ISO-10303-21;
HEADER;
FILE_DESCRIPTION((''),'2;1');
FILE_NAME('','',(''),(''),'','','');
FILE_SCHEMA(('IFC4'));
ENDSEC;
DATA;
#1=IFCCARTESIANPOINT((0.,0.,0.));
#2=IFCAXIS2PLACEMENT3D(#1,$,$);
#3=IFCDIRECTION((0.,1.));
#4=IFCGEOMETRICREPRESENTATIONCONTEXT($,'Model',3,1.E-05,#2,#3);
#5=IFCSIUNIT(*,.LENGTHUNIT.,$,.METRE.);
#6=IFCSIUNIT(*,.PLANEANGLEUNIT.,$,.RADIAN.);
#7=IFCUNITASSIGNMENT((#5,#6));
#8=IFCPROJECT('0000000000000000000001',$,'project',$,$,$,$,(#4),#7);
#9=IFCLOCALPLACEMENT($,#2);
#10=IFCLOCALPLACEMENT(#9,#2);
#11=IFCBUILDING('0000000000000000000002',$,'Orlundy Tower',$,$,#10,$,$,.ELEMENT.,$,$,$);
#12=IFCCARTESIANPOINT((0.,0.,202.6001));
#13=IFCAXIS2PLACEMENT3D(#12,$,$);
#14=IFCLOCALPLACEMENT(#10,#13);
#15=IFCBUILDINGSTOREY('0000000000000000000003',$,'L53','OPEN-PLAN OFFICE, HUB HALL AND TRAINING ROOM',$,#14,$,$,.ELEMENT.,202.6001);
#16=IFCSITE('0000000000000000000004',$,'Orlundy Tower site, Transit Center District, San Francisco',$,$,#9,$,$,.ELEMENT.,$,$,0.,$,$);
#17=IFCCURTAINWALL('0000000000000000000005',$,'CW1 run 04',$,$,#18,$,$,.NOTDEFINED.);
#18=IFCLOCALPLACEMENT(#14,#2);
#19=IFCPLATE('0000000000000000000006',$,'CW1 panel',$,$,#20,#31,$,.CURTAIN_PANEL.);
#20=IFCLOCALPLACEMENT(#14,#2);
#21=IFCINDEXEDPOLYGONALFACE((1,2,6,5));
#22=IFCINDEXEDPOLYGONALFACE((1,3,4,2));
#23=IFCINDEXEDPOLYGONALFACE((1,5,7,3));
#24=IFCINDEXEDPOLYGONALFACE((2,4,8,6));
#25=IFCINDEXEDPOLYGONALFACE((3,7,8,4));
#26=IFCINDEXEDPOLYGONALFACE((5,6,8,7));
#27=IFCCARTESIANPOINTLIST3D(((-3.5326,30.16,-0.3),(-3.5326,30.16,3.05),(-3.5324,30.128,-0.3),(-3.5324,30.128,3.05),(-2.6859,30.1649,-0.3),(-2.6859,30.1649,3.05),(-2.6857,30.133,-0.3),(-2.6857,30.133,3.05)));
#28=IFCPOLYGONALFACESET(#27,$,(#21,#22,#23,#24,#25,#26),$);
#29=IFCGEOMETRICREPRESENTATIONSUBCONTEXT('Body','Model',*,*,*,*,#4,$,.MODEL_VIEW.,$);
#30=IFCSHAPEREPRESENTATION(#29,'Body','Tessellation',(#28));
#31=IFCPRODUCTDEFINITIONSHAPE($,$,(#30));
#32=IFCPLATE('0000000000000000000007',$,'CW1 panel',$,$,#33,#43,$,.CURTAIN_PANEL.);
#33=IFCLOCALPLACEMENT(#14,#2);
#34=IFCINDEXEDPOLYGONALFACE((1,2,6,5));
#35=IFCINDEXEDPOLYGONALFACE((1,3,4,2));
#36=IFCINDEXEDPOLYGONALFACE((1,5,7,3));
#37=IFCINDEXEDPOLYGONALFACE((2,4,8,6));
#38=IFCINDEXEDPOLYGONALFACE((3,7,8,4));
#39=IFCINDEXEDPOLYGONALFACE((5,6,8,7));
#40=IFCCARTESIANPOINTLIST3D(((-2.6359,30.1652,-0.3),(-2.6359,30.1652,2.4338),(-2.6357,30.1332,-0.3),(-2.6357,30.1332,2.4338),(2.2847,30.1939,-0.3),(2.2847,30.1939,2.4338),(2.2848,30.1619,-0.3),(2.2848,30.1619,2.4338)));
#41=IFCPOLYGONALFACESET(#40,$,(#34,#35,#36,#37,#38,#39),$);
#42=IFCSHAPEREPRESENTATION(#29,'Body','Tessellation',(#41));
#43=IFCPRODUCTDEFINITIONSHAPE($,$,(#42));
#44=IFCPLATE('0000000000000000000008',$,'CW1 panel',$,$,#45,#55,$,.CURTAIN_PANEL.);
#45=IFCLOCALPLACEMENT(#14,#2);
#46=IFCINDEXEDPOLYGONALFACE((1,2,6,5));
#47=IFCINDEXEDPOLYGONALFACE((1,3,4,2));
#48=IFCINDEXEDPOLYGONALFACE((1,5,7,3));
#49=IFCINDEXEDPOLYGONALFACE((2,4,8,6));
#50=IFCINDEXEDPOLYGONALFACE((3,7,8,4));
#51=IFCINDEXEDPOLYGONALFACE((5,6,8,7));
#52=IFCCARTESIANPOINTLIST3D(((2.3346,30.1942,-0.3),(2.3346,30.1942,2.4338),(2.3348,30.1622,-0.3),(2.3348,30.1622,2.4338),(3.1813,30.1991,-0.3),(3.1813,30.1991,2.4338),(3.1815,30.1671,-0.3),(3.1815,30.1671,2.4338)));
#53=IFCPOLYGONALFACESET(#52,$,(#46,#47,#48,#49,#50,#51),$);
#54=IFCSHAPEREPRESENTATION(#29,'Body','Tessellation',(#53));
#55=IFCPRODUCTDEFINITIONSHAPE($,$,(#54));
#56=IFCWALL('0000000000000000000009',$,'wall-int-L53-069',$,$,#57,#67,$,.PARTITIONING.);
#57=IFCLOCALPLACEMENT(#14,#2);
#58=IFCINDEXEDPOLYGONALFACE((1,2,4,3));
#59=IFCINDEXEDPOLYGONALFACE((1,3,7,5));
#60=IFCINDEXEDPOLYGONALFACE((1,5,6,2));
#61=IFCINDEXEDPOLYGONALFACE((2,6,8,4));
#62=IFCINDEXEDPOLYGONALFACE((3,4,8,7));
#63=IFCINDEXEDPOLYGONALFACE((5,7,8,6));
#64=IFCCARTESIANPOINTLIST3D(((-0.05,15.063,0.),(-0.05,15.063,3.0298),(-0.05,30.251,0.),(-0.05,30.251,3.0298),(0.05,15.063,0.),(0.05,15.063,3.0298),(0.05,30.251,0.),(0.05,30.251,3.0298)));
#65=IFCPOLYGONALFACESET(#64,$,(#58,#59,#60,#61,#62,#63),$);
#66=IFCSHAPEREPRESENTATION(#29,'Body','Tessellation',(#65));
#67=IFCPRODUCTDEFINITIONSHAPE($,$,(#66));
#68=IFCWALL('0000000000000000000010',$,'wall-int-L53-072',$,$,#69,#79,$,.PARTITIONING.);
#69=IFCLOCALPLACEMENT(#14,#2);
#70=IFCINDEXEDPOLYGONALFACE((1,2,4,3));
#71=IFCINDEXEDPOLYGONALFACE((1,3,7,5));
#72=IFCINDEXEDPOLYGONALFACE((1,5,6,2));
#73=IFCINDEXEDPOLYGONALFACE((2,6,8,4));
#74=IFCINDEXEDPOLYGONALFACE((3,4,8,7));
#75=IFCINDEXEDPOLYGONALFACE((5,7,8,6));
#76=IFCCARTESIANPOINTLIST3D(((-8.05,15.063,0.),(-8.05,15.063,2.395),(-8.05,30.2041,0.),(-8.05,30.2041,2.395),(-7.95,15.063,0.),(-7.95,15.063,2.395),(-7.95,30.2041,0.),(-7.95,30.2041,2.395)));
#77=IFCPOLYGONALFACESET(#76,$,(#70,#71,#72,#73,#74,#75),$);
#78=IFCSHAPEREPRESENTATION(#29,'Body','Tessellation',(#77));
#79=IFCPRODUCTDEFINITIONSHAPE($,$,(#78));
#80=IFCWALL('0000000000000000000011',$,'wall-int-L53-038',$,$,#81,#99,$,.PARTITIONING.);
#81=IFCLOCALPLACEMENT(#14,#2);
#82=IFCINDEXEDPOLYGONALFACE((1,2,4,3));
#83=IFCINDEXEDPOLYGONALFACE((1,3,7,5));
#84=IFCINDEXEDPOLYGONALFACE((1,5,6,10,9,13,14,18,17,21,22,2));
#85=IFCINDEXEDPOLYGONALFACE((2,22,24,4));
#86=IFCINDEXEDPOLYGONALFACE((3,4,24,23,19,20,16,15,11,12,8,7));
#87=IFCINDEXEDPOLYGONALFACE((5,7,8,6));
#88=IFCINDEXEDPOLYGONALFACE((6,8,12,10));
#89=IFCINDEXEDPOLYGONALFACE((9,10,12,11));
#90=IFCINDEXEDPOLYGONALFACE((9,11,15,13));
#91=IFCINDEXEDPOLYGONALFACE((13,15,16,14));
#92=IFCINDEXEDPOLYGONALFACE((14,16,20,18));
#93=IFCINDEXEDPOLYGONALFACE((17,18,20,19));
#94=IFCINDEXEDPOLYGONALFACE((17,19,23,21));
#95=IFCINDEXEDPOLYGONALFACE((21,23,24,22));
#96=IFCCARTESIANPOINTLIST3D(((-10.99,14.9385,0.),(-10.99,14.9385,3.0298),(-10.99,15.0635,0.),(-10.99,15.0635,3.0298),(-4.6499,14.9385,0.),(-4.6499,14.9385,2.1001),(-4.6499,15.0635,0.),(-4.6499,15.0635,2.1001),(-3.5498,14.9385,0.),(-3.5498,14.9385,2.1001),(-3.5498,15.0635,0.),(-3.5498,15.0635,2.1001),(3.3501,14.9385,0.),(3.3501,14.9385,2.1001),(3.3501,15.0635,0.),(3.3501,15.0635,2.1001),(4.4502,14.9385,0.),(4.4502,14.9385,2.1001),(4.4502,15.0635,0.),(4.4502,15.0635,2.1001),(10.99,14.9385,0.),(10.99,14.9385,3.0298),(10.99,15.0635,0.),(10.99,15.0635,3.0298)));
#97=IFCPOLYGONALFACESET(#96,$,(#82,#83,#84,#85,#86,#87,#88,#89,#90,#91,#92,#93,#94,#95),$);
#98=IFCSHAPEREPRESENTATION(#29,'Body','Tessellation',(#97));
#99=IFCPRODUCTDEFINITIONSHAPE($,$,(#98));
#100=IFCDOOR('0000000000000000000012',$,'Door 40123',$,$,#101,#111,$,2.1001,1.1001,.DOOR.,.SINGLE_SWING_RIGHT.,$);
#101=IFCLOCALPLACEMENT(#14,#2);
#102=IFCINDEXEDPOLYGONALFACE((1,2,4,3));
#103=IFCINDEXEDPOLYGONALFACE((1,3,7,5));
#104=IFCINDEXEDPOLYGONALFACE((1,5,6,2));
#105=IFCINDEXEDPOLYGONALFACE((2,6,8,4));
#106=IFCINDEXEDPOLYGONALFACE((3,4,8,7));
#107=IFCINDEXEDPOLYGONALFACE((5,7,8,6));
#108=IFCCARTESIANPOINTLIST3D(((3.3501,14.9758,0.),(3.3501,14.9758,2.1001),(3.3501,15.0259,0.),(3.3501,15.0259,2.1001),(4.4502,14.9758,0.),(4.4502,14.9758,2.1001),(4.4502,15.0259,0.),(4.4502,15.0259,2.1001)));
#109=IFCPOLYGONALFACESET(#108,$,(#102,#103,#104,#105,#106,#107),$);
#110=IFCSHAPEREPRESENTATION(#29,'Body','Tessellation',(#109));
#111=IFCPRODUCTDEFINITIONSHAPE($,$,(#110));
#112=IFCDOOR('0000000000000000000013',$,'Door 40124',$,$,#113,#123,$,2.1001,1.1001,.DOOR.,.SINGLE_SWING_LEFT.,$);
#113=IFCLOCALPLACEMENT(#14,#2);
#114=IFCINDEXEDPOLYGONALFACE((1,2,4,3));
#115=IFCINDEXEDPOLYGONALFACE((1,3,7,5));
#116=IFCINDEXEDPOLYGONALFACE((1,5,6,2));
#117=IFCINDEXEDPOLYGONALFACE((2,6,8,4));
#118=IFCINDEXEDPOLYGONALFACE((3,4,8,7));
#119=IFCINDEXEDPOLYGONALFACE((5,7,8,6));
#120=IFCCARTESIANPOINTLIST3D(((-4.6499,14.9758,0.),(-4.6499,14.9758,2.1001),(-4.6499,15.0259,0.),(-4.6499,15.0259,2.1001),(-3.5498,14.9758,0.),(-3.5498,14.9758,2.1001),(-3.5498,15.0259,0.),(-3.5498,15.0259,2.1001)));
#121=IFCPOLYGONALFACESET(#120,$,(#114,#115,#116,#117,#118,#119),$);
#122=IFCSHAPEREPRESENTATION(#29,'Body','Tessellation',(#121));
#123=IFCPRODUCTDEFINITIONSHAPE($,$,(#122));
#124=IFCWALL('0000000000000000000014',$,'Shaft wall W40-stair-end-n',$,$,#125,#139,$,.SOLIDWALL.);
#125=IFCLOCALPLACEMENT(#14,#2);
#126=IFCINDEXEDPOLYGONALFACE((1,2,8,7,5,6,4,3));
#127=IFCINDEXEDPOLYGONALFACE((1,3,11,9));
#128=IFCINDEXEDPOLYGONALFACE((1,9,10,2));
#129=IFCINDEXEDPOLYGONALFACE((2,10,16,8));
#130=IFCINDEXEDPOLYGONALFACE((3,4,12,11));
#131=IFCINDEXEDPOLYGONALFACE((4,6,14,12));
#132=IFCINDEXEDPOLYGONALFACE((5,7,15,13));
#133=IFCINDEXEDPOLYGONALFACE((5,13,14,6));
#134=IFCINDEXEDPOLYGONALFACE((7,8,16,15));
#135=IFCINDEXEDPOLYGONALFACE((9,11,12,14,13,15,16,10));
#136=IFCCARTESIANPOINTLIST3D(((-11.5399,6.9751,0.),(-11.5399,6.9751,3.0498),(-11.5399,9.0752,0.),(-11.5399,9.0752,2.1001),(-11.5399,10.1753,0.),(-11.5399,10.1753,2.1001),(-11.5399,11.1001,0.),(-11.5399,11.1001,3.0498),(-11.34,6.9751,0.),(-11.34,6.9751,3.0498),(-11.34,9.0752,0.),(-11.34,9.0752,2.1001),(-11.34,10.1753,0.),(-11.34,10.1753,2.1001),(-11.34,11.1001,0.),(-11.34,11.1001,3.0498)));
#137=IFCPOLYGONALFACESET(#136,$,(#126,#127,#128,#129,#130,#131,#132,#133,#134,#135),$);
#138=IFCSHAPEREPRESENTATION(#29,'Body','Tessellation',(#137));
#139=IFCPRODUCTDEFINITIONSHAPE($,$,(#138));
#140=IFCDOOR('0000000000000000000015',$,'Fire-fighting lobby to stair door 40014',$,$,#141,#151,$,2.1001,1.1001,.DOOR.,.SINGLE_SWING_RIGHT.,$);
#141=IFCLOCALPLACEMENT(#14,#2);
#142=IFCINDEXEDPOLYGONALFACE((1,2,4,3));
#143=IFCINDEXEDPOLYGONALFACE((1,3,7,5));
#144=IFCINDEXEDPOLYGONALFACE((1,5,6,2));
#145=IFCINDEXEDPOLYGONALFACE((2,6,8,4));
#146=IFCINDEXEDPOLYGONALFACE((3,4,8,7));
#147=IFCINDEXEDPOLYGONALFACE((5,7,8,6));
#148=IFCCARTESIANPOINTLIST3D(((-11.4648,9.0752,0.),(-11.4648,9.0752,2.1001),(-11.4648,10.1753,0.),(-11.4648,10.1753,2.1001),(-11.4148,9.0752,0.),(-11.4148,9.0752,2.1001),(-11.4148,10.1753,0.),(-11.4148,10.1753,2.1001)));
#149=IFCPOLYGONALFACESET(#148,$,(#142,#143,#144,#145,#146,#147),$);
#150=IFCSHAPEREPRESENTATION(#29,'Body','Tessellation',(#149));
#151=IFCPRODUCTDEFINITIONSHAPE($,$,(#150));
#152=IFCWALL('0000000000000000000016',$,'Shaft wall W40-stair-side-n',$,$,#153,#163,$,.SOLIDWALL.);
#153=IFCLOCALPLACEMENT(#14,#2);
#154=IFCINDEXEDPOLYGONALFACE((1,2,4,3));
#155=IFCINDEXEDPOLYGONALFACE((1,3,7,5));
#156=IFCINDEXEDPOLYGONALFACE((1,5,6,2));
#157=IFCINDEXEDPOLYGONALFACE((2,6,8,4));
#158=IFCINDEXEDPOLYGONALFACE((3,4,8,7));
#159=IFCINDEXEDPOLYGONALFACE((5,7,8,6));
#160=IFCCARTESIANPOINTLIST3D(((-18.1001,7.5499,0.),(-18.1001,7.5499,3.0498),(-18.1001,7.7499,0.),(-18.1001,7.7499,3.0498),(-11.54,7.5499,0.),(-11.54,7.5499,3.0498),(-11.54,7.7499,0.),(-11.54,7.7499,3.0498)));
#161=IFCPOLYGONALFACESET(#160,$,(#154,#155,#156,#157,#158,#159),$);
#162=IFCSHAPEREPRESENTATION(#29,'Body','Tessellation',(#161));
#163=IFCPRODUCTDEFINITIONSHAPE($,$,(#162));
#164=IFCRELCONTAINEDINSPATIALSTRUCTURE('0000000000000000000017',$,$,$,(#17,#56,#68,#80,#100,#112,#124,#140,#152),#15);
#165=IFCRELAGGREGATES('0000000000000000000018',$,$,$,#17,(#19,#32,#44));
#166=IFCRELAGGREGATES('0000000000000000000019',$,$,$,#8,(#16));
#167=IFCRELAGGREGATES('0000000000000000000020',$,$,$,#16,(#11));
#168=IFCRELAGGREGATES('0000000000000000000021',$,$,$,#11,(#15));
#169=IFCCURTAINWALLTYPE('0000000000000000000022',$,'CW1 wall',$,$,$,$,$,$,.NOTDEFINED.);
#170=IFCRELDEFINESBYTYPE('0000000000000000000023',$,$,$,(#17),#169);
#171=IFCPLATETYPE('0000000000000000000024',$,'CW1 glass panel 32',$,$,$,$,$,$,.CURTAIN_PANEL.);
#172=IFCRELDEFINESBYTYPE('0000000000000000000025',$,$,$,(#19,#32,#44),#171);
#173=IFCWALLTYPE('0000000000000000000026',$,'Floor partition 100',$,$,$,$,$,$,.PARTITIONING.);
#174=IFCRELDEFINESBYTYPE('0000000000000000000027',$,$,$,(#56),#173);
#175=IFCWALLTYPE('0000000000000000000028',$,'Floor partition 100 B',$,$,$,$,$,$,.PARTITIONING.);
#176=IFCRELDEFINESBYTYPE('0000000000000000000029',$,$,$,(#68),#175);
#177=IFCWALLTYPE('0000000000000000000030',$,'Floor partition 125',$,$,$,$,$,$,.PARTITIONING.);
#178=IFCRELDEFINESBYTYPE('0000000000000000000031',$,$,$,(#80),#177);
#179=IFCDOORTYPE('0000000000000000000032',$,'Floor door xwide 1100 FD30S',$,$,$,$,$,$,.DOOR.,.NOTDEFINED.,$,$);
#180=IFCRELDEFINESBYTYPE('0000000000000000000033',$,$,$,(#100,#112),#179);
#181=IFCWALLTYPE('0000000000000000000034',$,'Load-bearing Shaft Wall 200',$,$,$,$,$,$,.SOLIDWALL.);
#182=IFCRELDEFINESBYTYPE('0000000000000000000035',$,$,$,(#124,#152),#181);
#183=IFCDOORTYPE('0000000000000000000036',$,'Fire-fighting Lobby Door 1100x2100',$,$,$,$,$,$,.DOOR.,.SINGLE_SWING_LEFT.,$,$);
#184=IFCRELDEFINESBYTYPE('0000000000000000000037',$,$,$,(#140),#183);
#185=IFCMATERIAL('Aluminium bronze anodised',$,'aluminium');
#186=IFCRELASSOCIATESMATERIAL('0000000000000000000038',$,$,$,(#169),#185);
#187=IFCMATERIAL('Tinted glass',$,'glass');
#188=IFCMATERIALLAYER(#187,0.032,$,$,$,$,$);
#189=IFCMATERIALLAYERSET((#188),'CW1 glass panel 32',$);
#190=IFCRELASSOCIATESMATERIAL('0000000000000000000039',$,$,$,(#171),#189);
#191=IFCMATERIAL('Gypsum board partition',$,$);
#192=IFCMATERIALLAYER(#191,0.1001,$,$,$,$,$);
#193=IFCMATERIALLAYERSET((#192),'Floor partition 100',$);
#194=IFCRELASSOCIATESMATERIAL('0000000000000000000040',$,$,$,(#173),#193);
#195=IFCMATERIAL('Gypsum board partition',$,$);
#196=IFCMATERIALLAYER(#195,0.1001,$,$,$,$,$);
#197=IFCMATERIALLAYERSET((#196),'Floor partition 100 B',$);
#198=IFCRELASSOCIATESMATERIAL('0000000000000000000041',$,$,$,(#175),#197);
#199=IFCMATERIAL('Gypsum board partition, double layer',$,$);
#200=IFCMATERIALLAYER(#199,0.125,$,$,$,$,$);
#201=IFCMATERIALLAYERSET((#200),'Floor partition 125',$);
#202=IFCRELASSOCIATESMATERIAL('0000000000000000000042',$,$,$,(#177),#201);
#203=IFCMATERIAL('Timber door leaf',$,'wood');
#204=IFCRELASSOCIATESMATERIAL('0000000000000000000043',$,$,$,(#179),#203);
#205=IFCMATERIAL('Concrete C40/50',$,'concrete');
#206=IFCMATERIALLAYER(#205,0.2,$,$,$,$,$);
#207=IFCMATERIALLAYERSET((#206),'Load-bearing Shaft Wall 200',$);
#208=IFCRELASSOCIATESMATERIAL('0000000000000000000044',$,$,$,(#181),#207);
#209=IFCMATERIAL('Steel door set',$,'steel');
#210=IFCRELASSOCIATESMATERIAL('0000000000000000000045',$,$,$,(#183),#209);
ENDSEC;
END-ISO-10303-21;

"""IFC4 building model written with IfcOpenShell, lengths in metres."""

from ifc_helpers import new_model, si_unit, direction, frame, frame_2d, origin, origin_2d, place, context, subcontext, project, spatial, rectangle, extrude, material, layer, layer_set, type_object, element, fill, aggregate, save


model = new_model("IFC4")

# Units and contexts
model_context = context("Model", 3, precision=1e-05, world=origin(), true_north=direction((0.0, 1.0)))
body_context = subcontext(model_context, "Body", "Model", "MODEL_VIEW")
ifc_project = project(units=[si_unit("LENGTHUNIT", "METRE"), si_unit("PLANEANGLEUNIT", "RADIAN")], contexts=[model_context])

# Site, building, storey
site_placement = place(None, origin())
site = spatial("IfcSite", under=ifc_project, at=site_placement, Name="Orlundy Tower site, Transit Center District, San Francisco", CompositionType="ELEMENT", RefElevation=0.0)
building_placement = place(site_placement, origin())
building = spatial("IfcBuilding", under=site, at=building_placement, Name="Orlundy Tower", CompositionType="ELEMENT")
storey_placement = place(building_placement, frame((0.0, 0.0, 202.6001)))
storey = spatial("IfcBuildingStorey", under=building, at=storey_placement, Name="L53", Description="OPEN-PLAN OFFICE, HUB HALL AND TRAINING ROOM", CompositionType="ELEMENT", Elevation=202.6001)

# Curtain wall
ifc_material_1 = material(Name="Aluminium bronze anodised", Category="aluminium")
curtain_wall_type = type_object("IfcCurtainWallType", Name="CW1 wall", PredefinedType="NOTDEFINED", material=ifc_material_1)
curtain_wall_1_placement = place(storey_placement, origin())
curtain_wall_1 = element("IfcCurtainWall", 1, at=curtain_wall_1_placement, inside=storey, type_object=curtain_wall_type, Name="CW1 run 04", PredefinedType="NOTDEFINED")

# Shared definitions
ifc_material_2 = material(Name="Tinted glass", Category="glass")
ifc_layer_1 = layer(ifc_material_2, 0.032)
ifc_layer_set_1 = layer_set([ifc_layer_1], Name="CW1 glass panel 32")
plate_type = type_object("IfcPlateType", Name="CW1 glass panel 32", PredefinedType="CURTAIN_PANEL", material=ifc_layer_set_1)

# Plates
plate_1_placement = place(storey_placement, frame((-3.1091, 30.1465, -0.3), z_axis=(0.0, 0.0, 1.0), x_axis=(0.999983, 0.005834, 0.0)))
plate_1 = element("IfcPlate", 2, at=plate_1_placement, type_object=plate_type, Name="CW1 panel", PredefinedType="CURTAIN_PANEL", context=body_context, shape_type="SweptSolid", body=[
    extrude(rectangle(XDim=0.8467, YDim=0.032, at=origin_2d()), origin(), (0.0, 0.0, 1.0), 3.3501),
])
plate_2_placement = place(storey_placement, frame((-0.1755, 30.1636, -0.3), z_axis=(0.0, 0.0, 1.0), x_axis=(0.999983, 0.005834, 0.0)))
plate_2 = element("IfcPlate", 3, at=plate_2_placement, type_object=plate_type, Name="CW1 panel", PredefinedType="CURTAIN_PANEL", context=body_context, shape_type="SweptSolid", body=[
    extrude(rectangle(XDim=4.9207, YDim=0.032, at=origin_2d()), origin(), (0.0, 0.0, 1.0), 2.7339),
])
plate_3_placement = place(storey_placement, frame((2.7581, 30.1807, -0.3), z_axis=(0.0, 0.0, 1.0), x_axis=(0.999983, 0.005834, 0.0)))
plate_3 = element("IfcPlate", 4, at=plate_3_placement, type_object=plate_type, Name="CW1 panel", PredefinedType="CURTAIN_PANEL", context=body_context, shape_type="SweptSolid", body=[
    extrude(rectangle(XDim=0.8467, YDim=0.032, at=origin_2d()), origin(), (0.0, 0.0, 1.0), 2.7339),
])
aggregate(curtain_wall_1, [plate_1, plate_2, plate_3])

# Walls
ifc_material_3 = material(Name="Gypsum board partition")
ifc_layer_2 = layer(ifc_material_3, 0.1001)
ifc_layer_set_2 = layer_set([ifc_layer_2], Name="Floor partition 100")
wall_type_1 = type_object("IfcWallType", Name="Floor partition 100", PredefinedType="PARTITIONING", material=ifc_layer_set_2)
wall_1_placement = place(storey_placement, frame((0.0, 15.063, 0.0), z_axis=(0.0, 0.0, 1.0), x_axis=(0.0, 1.0, 0.0)))
element("IfcWall", 5, at=wall_1_placement, inside=storey, type_object=wall_type_1, Name="wall-int-L53-069", PredefinedType="PARTITIONING", context=body_context, shape_type="SweptSolid", body=[
    extrude(rectangle(XDim=15.188, YDim=0.1001, at=frame_2d((7.594, 0.0))), origin(), (0.0, 0.0, 1.0), 3.0298),
])
ifc_material_4 = material(Name="Gypsum board partition")
ifc_layer_3 = layer(ifc_material_4, 0.1001)
ifc_layer_set_3 = layer_set([ifc_layer_3], Name="Floor partition 100 B")
wall_type_2 = type_object("IfcWallType", Name="Floor partition 100 B", PredefinedType="PARTITIONING", material=ifc_layer_set_3)
wall_2_placement = place(storey_placement, frame((-8.0, 15.063, 0.0), z_axis=(0.0, 0.0, 1.0), x_axis=(0.0, 1.0, 0.0)))
element("IfcWall", 6, at=wall_2_placement, inside=storey, type_object=wall_type_2, Name="wall-int-L53-072", PredefinedType="PARTITIONING", context=body_context, shape_type="SweptSolid", body=[
    extrude(rectangle(XDim=15.1411, YDim=0.1001, at=frame_2d((7.5706, 0.0))), origin(), (0.0, 0.0, 1.0), 2.395),
])

# Wall, openings, doors
ifc_material_5 = material(Name="Gypsum board partition, double layer")
ifc_layer_4 = layer(ifc_material_5, 0.125)
ifc_layer_set_4 = layer_set([ifc_layer_4], Name="Floor partition 125")
wall_type_3 = type_object("IfcWallType", Name="Floor partition 125", PredefinedType="PARTITIONING", material=ifc_layer_set_4)
wall_3_placement = place(storey_placement, frame((-10.99, 15.001, 0.0), z_axis=(0.0, 0.0, 1.0), x_axis=(1.0, 0.0, 0.0)))
wall_3 = element("IfcWall", 7, at=wall_3_placement, inside=storey, type_object=wall_type_3, Name="wall-int-L53-038", PredefinedType="PARTITIONING", context=body_context, shape_type="SweptSolid", body=[
    extrude(rectangle(XDim=21.98, YDim=0.125, at=frame_2d((10.99, 0.0))), origin(), (0.0, 0.0, 1.0), 3.0298),
])
opening_1_placement = place(wall_3_placement, frame((14.3401, 0.0, 0.0)))
opening_1 = element("IfcOpeningElement", 8, at=opening_1_placement, cuts=wall_3, PredefinedType="OPENING", context=body_context, shape_type="SweptSolid", body=[
    extrude(rectangle(XDim=1.1001, YDim=2.1001, at=frame_2d((0.55, 1.05))), frame((0.0, 0.0725, 0.0), z_axis=(0.0, -1.0, 0.0), x_axis=(1.0, 0.0, 0.0)), (0.0, 0.0, 1.0), 0.145),
])
opening_2_placement = place(wall_3_placement, frame((6.3401, 0.0, 0.0)))
opening_2 = element("IfcOpeningElement", 9, at=opening_2_placement, cuts=wall_3, PredefinedType="OPENING", context=body_context, shape_type="SweptSolid", body=[
    extrude(rectangle(XDim=1.1001, YDim=2.1001, at=frame_2d((0.55, 1.05))), frame((0.0, 0.0725, 0.0), z_axis=(0.0, -1.0, 0.0), x_axis=(1.0, 0.0, 0.0)), (0.0, 0.0, 1.0), 0.145),
])
ifc_material_6 = material(Name="Timber door leaf", Category="wood")
door_type_1 = type_object("IfcDoorType", Name="Floor door xwide 1100 FD30S", OperationType="NOTDEFINED", PredefinedType="DOOR", material=ifc_material_6)
door_1_placement = place(opening_1_placement, origin())
door_1 = element("IfcDoor", 10, at=door_1_placement, inside=storey, type_object=door_type_1, Name="Door 40123", OperationType="SINGLE_SWING_RIGHT", OverallHeight=2.1001, OverallWidth=1.1001, PredefinedType="DOOR", context=body_context, shape_type="SweptSolid", body=[
    extrude(rectangle(XDim=1.1001, YDim=2.1001, at=frame_2d((0.55, 1.05))), frame((0.0, 0.0249, 0.0), z_axis=(0.0, -1.0, 0.0), x_axis=(1.0, 0.0, 0.0)), (0.0, 0.0, 1.0), 0.05),
])
fill(opening_1, door_1)
door_2_placement = place(opening_2_placement, origin())
door_2 = element("IfcDoor", 11, at=door_2_placement, inside=storey, type_object=door_type_1, Name="Door 40124", OperationType="SINGLE_SWING_LEFT", OverallHeight=2.1001, OverallWidth=1.1001, PredefinedType="DOOR", context=body_context, shape_type="SweptSolid", body=[
    extrude(rectangle(XDim=1.1001, YDim=2.1001, at=frame_2d((0.55, 1.05))), frame((0.0, 0.0249, 0.0), z_axis=(0.0, -1.0, 0.0), x_axis=(1.0, 0.0, 0.0)), (0.0, 0.0, 1.0), 0.05),
])
fill(opening_2, door_2)

# Wall, opening, door
ifc_material_7 = material(Name="Concrete C40/50", Category="concrete")
ifc_layer_5 = layer(ifc_material_7, 0.2)
ifc_layer_set_5 = layer_set([ifc_layer_5], Name="Load-bearing Shaft Wall 200")
wall_type_4 = type_object("IfcWallType", Name="Load-bearing Shaft Wall 200", PredefinedType="SOLIDWALL", material=ifc_layer_set_5)
wall_4_placement = place(storey_placement, frame((-11.4399, 6.9751, 0.0), z_axis=(0.0, 0.0, 1.0), x_axis=(0.0, 1.0, 0.0)))
wall_4 = element("IfcWall", 12, at=wall_4_placement, inside=storey, type_object=wall_type_4, Name="Shaft wall W40-stair-end-n", PredefinedType="SOLIDWALL", context=body_context, shape_type="SweptSolid", body=[
    extrude(rectangle(XDim=4.125, YDim=0.2, at=frame_2d((2.0625, 0.0))), origin(), (0.0, 0.0, 1.0), 3.0498),
])
opening_3_placement = place(wall_4_placement, frame((2.1001, 0.0, 0.0)))
opening_3 = element("IfcOpeningElement", 13, at=opening_3_placement, cuts=wall_4, PredefinedType="OPENING", context=body_context, shape_type="SweptSolid", body=[
    extrude(rectangle(XDim=1.1001, YDim=2.1001, at=frame_2d((0.55, 1.05))), frame((0.0, 0.1101, 0.0), z_axis=(0.0, -1.0, 0.0), x_axis=(1.0, 0.0, 0.0)), (0.0, 0.0, 1.0), 0.2202),
])
ifc_material_8 = material(Name="Steel door set", Category="steel")
door_type_2 = type_object("IfcDoorType", Name="Fire-fighting Lobby Door 1100x2100", OperationType="SINGLE_SWING_LEFT", PredefinedType="DOOR", material=ifc_material_8)
door_3_placement = place(opening_3_placement, origin())
door_3 = element("IfcDoor", 14, at=door_3_placement, inside=storey, type_object=door_type_2, Name="Fire-fighting lobby to stair door 40014", OperationType="SINGLE_SWING_RIGHT", OverallHeight=2.1001, OverallWidth=1.1001, PredefinedType="DOOR", context=body_context, shape_type="SweptSolid", body=[
    extrude(rectangle(XDim=1.1001, YDim=2.1001, at=frame_2d((0.55, 1.05))), frame((0.0, 0.0249, 0.0), z_axis=(0.0, -1.0, 0.0), x_axis=(1.0, 0.0, 0.0)), (0.0, 0.0, 1.0), 0.05),
])
fill(opening_3, door_3)

# Wall
wall_5_placement = place(storey_placement, frame((-11.54, 7.6499, 0.0), z_axis=(0.0, 0.0, 1.0), x_axis=(-1.0, 0.0, 0.0)))
element("IfcWall", 15, at=wall_5_placement, inside=storey, type_object=wall_type_4, Name="Shaft wall W40-stair-side-n", PredefinedType="SOLIDWALL", context=body_context, shape_type="SweptSolid", body=[
    extrude(rectangle(XDim=6.5601, YDim=0.2, at=frame_2d((3.28, 0.0))), origin(), (0.0, 0.0, 1.0), 3.0498),
])

save(model, "model.ifc")
